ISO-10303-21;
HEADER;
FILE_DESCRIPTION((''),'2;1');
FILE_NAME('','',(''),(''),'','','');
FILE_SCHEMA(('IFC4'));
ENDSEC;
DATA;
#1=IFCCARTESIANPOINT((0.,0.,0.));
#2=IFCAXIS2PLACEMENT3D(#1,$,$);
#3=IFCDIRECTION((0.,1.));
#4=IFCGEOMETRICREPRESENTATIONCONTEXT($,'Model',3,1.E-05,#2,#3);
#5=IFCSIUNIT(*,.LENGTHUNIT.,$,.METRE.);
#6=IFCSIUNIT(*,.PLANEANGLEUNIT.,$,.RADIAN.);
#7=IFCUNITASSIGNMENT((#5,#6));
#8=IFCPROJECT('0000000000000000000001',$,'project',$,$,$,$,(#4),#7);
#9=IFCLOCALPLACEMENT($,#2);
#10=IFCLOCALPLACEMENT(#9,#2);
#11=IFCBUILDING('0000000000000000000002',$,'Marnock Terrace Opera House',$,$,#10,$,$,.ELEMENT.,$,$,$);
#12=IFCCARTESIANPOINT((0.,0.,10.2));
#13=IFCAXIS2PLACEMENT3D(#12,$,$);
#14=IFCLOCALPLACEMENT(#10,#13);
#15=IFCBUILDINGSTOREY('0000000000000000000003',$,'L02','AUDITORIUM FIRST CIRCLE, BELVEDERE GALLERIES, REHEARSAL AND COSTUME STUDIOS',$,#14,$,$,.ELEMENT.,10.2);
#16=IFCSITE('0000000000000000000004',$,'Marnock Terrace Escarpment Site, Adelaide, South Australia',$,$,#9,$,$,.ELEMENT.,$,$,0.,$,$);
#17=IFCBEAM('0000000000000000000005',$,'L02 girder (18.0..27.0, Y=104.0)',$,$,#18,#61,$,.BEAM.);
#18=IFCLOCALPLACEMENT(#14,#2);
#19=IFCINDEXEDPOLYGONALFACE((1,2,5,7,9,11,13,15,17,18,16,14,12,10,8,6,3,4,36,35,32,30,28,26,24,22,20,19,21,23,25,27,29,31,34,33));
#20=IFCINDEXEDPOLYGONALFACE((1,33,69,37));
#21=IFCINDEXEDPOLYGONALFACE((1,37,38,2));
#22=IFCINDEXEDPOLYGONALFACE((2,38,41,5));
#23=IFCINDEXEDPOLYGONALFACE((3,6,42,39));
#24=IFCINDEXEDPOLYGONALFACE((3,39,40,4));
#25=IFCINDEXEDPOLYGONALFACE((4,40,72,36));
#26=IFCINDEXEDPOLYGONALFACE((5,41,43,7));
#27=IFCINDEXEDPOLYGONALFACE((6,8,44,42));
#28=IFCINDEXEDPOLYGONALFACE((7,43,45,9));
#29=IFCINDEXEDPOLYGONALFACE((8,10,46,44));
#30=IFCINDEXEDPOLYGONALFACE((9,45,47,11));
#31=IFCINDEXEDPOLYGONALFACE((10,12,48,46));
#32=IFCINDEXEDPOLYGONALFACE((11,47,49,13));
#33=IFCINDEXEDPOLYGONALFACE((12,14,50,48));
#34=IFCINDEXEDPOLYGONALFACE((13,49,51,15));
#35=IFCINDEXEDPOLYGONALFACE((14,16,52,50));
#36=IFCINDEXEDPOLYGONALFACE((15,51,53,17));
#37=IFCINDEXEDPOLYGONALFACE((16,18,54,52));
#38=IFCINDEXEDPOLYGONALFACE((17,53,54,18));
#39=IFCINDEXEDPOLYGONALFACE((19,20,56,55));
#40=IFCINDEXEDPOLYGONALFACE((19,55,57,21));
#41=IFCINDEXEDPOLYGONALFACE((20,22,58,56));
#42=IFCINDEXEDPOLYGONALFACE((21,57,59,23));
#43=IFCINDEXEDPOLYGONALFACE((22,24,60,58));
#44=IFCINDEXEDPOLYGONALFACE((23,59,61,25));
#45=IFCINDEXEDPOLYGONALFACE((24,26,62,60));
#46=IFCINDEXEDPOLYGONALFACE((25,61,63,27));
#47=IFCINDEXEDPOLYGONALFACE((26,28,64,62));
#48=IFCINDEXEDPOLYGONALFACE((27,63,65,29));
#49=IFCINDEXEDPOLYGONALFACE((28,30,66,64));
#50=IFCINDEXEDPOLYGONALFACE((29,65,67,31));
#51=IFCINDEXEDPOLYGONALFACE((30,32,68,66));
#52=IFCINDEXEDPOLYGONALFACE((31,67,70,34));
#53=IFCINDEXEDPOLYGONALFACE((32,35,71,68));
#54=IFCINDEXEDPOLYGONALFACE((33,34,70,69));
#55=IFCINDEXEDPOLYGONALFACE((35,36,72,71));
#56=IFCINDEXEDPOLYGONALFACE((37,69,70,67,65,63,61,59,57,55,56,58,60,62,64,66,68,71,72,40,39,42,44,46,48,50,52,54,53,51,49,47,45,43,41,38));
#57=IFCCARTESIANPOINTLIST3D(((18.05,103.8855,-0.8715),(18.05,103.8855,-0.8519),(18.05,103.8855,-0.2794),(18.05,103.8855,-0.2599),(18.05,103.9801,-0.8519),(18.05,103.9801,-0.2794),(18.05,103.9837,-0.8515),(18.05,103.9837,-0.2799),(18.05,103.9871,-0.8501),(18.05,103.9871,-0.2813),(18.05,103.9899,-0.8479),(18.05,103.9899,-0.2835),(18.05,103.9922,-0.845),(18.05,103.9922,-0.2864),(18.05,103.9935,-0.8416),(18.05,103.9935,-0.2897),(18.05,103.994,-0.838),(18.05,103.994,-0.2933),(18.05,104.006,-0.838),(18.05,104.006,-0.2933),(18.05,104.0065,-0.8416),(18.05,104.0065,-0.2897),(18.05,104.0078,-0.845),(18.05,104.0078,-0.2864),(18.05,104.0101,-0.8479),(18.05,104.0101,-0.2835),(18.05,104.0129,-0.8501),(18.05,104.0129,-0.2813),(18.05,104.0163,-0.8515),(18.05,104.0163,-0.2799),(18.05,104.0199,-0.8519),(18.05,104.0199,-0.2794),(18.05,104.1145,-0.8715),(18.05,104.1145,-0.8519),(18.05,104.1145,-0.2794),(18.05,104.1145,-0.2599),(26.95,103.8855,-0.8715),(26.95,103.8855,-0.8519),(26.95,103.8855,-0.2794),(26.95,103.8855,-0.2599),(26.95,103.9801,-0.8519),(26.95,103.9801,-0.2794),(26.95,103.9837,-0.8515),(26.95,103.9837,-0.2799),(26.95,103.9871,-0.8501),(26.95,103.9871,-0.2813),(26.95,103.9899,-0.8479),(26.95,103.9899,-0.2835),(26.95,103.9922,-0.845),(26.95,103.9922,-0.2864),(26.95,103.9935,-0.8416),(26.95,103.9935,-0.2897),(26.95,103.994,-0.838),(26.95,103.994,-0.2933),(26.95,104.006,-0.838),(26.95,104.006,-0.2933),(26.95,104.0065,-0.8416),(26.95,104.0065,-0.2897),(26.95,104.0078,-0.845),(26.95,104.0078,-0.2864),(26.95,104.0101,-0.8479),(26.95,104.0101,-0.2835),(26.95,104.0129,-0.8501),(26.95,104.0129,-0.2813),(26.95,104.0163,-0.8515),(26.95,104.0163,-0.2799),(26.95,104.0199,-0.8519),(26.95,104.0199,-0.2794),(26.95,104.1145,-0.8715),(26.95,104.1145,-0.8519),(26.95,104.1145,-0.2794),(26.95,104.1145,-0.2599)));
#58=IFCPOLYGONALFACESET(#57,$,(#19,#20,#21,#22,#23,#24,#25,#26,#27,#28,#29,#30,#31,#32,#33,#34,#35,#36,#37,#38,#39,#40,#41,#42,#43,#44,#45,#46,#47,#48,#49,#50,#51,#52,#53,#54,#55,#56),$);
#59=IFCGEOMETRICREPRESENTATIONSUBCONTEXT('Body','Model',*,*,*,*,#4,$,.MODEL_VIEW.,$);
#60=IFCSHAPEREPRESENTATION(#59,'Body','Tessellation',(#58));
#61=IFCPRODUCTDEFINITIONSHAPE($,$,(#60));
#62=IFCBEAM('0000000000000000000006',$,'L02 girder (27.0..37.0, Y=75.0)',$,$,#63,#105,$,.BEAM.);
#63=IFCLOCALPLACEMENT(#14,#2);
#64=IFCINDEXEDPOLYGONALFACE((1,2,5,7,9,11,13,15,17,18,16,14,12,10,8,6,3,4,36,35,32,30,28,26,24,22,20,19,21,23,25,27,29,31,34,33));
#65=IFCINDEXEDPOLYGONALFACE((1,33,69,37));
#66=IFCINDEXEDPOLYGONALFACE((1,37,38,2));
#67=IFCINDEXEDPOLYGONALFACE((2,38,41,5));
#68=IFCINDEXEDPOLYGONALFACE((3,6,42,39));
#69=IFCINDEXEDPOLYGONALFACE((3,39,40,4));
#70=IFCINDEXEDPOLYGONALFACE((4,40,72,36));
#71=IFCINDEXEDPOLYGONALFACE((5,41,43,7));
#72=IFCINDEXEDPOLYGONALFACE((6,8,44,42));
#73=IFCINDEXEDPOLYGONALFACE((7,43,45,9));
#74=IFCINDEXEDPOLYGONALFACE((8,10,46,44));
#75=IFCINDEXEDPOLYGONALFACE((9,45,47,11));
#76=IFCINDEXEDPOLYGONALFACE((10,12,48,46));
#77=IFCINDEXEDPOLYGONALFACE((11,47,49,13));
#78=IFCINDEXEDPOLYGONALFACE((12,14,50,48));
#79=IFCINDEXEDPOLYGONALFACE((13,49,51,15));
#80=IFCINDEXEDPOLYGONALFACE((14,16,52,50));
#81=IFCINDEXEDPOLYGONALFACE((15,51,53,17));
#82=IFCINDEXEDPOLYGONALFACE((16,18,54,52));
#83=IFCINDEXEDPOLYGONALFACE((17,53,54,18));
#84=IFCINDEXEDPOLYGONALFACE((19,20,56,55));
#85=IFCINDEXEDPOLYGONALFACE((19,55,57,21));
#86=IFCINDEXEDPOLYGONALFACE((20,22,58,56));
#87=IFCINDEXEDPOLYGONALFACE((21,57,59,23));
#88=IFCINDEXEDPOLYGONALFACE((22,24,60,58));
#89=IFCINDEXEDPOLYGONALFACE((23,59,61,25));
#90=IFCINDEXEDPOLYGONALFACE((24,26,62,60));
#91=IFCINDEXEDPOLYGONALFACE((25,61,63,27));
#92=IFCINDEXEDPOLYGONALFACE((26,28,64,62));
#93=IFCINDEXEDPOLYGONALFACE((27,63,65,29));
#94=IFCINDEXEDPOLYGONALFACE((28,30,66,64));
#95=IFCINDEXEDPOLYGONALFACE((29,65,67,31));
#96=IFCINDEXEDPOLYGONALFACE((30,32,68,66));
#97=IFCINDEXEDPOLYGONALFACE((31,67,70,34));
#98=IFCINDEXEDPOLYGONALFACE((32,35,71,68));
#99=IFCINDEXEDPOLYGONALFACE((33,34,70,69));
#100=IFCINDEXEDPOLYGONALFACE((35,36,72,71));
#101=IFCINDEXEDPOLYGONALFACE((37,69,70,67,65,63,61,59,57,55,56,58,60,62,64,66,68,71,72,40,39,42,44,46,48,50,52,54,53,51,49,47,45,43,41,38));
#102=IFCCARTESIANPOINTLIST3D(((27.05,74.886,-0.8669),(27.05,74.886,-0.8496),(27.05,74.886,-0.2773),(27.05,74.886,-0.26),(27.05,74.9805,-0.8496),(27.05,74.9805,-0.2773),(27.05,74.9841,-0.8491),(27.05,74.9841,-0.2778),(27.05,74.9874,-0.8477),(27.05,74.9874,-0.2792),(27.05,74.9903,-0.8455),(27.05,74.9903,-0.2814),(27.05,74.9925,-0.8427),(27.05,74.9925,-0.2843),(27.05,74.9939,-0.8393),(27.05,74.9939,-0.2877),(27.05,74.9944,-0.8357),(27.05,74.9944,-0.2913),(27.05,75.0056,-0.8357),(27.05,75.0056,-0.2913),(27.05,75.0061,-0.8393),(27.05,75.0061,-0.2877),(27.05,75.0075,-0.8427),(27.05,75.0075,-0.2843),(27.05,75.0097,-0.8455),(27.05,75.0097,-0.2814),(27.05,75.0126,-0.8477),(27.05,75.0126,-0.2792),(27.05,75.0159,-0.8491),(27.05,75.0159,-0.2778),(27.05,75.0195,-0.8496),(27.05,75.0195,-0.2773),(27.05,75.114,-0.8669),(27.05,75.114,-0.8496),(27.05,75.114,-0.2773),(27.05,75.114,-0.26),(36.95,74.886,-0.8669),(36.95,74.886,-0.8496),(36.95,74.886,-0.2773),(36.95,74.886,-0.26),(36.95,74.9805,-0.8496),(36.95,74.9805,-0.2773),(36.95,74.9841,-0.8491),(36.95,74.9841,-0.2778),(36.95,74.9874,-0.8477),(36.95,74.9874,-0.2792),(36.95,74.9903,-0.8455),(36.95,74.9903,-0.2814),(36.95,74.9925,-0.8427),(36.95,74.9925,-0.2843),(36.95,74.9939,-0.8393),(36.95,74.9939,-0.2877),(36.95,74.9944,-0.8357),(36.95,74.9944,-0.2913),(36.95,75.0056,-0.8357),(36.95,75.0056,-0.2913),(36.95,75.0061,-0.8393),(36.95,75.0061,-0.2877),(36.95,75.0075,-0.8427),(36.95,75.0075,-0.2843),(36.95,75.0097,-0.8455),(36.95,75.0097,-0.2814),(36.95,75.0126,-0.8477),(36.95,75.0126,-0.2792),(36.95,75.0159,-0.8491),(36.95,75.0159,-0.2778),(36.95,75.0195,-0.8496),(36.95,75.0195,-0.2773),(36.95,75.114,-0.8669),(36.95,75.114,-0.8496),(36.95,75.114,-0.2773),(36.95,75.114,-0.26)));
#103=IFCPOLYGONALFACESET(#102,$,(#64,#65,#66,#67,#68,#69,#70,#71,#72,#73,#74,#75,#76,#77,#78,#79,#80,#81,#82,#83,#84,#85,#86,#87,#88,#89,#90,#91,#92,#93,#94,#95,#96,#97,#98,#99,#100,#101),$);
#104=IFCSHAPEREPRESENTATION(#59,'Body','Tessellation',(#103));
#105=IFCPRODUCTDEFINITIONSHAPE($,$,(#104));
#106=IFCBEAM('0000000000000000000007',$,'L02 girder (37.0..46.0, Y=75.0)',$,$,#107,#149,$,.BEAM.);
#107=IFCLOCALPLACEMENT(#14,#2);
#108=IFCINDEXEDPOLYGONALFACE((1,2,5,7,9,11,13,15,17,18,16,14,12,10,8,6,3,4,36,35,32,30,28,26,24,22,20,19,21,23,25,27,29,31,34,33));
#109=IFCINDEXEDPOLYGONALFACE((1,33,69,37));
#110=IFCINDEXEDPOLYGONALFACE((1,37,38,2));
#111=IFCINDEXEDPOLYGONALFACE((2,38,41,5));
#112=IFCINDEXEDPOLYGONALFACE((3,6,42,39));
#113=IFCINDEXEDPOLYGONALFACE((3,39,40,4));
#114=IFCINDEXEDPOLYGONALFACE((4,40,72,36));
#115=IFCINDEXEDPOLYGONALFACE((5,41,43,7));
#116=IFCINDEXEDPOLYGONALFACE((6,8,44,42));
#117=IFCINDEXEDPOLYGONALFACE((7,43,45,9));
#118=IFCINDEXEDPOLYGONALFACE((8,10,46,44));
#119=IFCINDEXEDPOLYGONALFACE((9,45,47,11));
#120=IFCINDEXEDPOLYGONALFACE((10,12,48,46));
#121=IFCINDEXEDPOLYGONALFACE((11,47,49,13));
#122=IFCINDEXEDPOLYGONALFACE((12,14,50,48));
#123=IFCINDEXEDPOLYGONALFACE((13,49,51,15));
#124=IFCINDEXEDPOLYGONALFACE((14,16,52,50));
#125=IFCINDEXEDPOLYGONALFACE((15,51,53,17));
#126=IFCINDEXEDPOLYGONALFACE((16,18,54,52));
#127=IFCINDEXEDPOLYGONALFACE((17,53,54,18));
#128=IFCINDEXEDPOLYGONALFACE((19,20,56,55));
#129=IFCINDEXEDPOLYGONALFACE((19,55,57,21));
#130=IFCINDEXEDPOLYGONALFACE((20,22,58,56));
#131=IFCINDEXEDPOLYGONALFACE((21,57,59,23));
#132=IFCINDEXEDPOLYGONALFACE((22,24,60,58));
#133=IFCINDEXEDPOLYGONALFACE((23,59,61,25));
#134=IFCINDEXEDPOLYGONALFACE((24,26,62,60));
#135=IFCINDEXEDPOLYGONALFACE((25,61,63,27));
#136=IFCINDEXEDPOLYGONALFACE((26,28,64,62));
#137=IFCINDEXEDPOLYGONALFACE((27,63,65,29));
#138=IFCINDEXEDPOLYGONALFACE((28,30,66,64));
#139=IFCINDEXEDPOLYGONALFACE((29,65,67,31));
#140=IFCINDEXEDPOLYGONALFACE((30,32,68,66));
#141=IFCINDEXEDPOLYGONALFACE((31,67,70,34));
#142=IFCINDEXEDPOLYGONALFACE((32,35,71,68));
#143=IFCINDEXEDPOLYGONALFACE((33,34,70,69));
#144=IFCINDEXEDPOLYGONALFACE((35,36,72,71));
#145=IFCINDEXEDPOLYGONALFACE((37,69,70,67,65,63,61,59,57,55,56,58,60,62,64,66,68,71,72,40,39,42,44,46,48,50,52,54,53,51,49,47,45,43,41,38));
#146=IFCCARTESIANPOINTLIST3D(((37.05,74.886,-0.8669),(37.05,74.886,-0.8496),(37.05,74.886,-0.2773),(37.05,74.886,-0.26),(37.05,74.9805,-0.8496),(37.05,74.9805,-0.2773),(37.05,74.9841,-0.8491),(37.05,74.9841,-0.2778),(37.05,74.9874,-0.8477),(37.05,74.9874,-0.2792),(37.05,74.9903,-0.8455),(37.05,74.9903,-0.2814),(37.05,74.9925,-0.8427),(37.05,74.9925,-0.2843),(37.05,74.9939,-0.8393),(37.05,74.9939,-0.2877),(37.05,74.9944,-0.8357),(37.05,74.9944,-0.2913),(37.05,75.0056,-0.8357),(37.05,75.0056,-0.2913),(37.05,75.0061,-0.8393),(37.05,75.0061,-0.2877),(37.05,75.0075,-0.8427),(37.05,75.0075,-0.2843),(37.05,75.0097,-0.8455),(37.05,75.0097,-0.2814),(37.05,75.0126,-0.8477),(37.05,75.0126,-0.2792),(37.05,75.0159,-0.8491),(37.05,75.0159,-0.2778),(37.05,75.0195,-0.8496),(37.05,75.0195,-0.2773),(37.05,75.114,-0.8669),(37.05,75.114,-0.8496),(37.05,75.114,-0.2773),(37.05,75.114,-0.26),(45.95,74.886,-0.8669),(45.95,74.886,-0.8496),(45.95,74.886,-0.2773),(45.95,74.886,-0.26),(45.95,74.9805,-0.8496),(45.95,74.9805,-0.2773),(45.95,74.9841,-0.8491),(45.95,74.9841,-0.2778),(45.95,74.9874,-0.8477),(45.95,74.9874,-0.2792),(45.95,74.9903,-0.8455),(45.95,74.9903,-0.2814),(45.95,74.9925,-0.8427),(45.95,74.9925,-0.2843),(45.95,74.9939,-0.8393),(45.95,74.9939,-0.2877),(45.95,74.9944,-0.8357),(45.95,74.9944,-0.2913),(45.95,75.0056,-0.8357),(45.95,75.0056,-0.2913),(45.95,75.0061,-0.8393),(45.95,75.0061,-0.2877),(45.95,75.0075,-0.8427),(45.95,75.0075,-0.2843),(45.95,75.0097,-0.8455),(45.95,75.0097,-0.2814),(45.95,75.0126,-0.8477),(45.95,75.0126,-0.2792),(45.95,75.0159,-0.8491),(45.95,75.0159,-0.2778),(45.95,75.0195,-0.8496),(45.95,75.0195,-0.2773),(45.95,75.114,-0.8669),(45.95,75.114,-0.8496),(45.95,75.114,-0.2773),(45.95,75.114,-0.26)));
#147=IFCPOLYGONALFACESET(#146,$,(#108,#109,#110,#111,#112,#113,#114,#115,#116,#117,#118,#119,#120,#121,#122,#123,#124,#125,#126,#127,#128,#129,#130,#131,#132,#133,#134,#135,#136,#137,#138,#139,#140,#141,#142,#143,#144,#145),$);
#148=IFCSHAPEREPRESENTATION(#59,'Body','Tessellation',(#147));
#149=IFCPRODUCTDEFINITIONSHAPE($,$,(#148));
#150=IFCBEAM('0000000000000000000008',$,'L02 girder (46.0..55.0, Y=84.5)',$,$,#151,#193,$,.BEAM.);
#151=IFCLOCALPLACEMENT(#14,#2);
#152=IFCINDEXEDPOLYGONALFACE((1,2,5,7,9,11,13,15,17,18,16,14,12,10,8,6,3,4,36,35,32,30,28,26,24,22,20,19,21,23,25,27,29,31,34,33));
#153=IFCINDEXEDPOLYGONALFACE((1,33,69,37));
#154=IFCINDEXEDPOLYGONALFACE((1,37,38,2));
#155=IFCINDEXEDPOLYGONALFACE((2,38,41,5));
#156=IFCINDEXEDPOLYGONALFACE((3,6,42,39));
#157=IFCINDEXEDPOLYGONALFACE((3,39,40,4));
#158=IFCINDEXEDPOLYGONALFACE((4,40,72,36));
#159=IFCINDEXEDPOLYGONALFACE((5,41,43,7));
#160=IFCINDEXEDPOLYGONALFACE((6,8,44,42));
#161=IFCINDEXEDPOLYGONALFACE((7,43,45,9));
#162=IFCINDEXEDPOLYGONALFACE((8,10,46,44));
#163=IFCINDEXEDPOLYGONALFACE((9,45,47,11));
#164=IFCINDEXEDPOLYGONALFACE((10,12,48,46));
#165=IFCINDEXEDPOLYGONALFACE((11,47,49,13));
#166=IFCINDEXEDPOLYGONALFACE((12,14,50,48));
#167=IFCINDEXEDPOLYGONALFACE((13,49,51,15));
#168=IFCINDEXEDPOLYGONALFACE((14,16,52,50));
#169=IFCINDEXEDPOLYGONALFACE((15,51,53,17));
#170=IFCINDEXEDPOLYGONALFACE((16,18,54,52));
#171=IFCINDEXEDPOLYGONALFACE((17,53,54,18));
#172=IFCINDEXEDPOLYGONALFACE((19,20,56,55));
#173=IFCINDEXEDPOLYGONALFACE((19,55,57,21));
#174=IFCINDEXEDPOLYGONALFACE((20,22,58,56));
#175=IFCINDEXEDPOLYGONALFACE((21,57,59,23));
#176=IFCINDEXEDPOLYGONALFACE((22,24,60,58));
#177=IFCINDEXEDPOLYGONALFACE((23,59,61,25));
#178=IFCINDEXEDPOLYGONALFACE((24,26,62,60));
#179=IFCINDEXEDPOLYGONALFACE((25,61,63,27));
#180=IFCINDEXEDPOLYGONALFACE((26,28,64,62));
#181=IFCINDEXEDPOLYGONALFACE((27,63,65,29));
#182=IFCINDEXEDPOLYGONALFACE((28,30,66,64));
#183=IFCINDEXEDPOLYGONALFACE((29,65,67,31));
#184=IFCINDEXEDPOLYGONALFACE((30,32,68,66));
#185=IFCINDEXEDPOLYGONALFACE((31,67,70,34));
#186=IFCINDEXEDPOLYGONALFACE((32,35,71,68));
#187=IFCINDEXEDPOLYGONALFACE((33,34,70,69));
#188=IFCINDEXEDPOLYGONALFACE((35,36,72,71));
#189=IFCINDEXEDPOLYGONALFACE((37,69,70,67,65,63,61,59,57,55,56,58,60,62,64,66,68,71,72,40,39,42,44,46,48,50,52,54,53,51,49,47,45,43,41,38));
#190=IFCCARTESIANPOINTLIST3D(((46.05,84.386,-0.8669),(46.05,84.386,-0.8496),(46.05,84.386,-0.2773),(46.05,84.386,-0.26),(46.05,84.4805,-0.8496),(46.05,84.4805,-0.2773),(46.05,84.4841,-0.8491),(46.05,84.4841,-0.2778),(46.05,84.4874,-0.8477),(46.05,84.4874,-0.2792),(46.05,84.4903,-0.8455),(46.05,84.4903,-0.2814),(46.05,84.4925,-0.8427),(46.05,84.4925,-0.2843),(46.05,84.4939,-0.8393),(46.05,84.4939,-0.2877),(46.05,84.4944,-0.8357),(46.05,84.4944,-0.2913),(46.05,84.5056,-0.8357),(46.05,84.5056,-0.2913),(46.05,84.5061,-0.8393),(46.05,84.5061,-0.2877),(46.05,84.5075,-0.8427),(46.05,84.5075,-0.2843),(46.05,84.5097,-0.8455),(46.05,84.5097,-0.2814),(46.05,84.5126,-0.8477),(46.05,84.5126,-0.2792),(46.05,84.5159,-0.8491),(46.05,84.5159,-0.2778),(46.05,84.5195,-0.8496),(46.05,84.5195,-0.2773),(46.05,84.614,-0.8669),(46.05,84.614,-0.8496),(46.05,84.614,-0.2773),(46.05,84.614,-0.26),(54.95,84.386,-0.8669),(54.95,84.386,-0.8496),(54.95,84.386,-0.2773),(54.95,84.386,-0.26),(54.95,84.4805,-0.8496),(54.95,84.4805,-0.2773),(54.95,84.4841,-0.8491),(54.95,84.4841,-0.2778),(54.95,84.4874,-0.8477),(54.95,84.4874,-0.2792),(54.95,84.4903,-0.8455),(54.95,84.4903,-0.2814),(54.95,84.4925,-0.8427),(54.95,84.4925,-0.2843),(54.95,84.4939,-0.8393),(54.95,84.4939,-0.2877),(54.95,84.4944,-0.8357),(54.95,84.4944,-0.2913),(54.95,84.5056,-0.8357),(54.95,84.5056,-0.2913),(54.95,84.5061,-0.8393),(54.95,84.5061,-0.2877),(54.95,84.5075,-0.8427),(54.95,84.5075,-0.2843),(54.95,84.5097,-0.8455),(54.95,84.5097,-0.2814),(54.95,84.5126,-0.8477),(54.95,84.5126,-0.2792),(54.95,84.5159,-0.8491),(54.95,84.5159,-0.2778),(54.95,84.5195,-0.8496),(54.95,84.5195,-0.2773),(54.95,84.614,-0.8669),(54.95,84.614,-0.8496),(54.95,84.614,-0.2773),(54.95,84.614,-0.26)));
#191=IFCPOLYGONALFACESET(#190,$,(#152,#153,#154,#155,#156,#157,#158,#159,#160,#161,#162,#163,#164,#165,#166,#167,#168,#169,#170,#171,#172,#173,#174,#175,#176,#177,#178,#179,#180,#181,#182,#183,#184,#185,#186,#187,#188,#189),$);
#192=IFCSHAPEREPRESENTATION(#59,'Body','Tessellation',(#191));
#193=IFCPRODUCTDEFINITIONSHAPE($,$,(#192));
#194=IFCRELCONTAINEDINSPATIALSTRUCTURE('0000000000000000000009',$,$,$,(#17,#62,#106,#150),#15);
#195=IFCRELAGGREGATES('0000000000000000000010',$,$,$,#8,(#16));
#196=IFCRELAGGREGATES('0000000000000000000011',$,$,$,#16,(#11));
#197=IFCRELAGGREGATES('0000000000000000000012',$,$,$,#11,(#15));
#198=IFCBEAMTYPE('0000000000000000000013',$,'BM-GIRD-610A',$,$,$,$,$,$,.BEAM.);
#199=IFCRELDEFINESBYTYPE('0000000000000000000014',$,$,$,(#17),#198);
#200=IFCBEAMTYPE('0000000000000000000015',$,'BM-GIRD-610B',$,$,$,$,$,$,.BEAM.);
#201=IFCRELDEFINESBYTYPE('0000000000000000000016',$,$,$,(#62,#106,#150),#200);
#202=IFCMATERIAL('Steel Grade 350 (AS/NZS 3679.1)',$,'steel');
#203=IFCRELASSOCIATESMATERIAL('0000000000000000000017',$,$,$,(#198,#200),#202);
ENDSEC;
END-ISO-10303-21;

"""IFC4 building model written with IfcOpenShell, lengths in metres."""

from ifc_helpers import new_model, si_unit, direction, frame, origin, origin_2d, place, context, subcontext, project, spatial, i_section, extrude, material, material_profile, profile_set, type_object, element, save


model = new_model("IFC4")

# Units and contexts
model_context = context("Model", 3, precision=1e-05, world=origin(), true_north=direction((0.0, 1.0)))
body_context = subcontext(model_context, "Body", "Model", "MODEL_VIEW")
ifc_project = project(units=[si_unit("LENGTHUNIT", "METRE"), si_unit("PLANEANGLEUNIT", "RADIAN")], contexts=[model_context])

# Site, building, storey
site_placement = place(None, origin())
site = spatial("IfcSite", under=ifc_project, at=site_placement, Name="Marnock Terrace Escarpment Site, Adelaide, South Australia", CompositionType="ELEMENT", RefElevation=0.0)
building_placement = place(site_placement, origin())
building = spatial("IfcBuilding", under=site, at=building_placement, Name="Marnock Terrace Opera House", CompositionType="ELEMENT")
storey_placement = place(building_placement, frame((0.0, 0.0, 10.2)))
storey = spatial("IfcBuildingStorey", under=building, at=storey_placement, Name="L02", Description="AUDITORIUM FIRST CIRCLE, BELVEDERE GALLERIES, REHEARSAL AND COSTUME STUDIOS", CompositionType="ELEMENT", Elevation=10.2)

# Shared definitions
ifc_material_1 = material(Name="Steel Grade 350 (AS/NZS 3679.1)", Category="steel")

# Beams
ifc_material_profile_1 = material_profile(ifc_material_1, i_section(OverallWidth=0.229, OverallDepth=0.6116, WebThickness=0.012, FlangeThickness=0.0195, FilletRadius=0.0139, at=origin_2d()))
ifc_profile_set_1 = profile_set([ifc_material_profile_1], Name="Steel Grade 350 (AS/NZS 3679.1)")
beam_type_1 = type_object("IfcBeamType", Name="BM-GIRD-610A", PredefinedType="BEAM", material=ifc_profile_set_1)
for number, where, z_axis, x_axis, name in (
    (1, (18.05, 104.0, -0.5657), (1.0, 0.0, 0.0), (0.0, 1.0, 0.0), "L02 girder (18.0..27.0, Y=104.0)"),
):
    element("IfcBeam", number, at=place(storey_placement, frame(where, z_axis=z_axis, x_axis=x_axis)), inside=storey, type_object=beam_type_1, Name=name, PredefinedType="BEAM", context=body_context, shape_type="SweptSolid", body=[
        extrude(i_section(OverallWidth=0.229, OverallDepth=0.6116, WebThickness=0.012, FlangeThickness=0.0195, FilletRadius=0.0139, at=origin_2d()), origin(), (0.0, 0.0, 1.0), 8.8999),
    ])
ifc_material_profile_2 = material_profile(ifc_material_1, i_section(OverallWidth=0.228, OverallDepth=0.6069, WebThickness=0.0112, FlangeThickness=0.0173, FilletRadius=0.0139, at=origin_2d()))
ifc_profile_set_2 = profile_set([ifc_material_profile_2], Name="Steel Grade 350 (AS/NZS 3679.1)")
beam_type_2 = type_object("IfcBeamType", Name="BM-GIRD-610B", PredefinedType="BEAM", material=ifc_profile_set_2)
beam_1_placement = place(storey_placement, frame((27.05, 75.0, -0.5635), z_axis=(1.0, 0.0, 0.0), x_axis=(0.0, 1.0, 0.0)))
element("IfcBeam", 2, at=beam_1_placement, inside=storey, type_object=beam_type_2, Name="L02 girder (27.0..37.0, Y=75.0)", PredefinedType="BEAM", context=body_context, shape_type="SweptSolid", body=[
    extrude(i_section(OverallWidth=0.228, OverallDepth=0.6069, WebThickness=0.0112, FlangeThickness=0.0173, FilletRadius=0.0139, at=origin_2d()), origin(), (0.0, 0.0, 1.0), 9.8999),
])
for number, where, z_axis, x_axis, name in (
    (3, (37.05, 75.0, -0.5635), (1.0, 0.0, 0.0), (0.0, 1.0, 0.0), "L02 girder (37.0..46.0, Y=75.0)"),
    (4, (46.05, 84.5, -0.5635), (1.0, 0.0, 0.0), (0.0, 1.0, 0.0), "L02 girder (46.0..55.0, Y=84.5)"),
):
    element("IfcBeam", number, at=place(storey_placement, frame(where, z_axis=z_axis, x_axis=x_axis)), inside=storey, type_object=beam_type_2, Name=name, PredefinedType="BEAM", context=body_context, shape_type="SweptSolid", body=[
        extrude(i_section(OverallWidth=0.228, OverallDepth=0.6069, WebThickness=0.0112, FlangeThickness=0.0173, FilletRadius=0.0139, at=origin_2d()), origin(), (0.0, 0.0, 1.0), 8.8999),
    ])

save(model, "model.ifc")
